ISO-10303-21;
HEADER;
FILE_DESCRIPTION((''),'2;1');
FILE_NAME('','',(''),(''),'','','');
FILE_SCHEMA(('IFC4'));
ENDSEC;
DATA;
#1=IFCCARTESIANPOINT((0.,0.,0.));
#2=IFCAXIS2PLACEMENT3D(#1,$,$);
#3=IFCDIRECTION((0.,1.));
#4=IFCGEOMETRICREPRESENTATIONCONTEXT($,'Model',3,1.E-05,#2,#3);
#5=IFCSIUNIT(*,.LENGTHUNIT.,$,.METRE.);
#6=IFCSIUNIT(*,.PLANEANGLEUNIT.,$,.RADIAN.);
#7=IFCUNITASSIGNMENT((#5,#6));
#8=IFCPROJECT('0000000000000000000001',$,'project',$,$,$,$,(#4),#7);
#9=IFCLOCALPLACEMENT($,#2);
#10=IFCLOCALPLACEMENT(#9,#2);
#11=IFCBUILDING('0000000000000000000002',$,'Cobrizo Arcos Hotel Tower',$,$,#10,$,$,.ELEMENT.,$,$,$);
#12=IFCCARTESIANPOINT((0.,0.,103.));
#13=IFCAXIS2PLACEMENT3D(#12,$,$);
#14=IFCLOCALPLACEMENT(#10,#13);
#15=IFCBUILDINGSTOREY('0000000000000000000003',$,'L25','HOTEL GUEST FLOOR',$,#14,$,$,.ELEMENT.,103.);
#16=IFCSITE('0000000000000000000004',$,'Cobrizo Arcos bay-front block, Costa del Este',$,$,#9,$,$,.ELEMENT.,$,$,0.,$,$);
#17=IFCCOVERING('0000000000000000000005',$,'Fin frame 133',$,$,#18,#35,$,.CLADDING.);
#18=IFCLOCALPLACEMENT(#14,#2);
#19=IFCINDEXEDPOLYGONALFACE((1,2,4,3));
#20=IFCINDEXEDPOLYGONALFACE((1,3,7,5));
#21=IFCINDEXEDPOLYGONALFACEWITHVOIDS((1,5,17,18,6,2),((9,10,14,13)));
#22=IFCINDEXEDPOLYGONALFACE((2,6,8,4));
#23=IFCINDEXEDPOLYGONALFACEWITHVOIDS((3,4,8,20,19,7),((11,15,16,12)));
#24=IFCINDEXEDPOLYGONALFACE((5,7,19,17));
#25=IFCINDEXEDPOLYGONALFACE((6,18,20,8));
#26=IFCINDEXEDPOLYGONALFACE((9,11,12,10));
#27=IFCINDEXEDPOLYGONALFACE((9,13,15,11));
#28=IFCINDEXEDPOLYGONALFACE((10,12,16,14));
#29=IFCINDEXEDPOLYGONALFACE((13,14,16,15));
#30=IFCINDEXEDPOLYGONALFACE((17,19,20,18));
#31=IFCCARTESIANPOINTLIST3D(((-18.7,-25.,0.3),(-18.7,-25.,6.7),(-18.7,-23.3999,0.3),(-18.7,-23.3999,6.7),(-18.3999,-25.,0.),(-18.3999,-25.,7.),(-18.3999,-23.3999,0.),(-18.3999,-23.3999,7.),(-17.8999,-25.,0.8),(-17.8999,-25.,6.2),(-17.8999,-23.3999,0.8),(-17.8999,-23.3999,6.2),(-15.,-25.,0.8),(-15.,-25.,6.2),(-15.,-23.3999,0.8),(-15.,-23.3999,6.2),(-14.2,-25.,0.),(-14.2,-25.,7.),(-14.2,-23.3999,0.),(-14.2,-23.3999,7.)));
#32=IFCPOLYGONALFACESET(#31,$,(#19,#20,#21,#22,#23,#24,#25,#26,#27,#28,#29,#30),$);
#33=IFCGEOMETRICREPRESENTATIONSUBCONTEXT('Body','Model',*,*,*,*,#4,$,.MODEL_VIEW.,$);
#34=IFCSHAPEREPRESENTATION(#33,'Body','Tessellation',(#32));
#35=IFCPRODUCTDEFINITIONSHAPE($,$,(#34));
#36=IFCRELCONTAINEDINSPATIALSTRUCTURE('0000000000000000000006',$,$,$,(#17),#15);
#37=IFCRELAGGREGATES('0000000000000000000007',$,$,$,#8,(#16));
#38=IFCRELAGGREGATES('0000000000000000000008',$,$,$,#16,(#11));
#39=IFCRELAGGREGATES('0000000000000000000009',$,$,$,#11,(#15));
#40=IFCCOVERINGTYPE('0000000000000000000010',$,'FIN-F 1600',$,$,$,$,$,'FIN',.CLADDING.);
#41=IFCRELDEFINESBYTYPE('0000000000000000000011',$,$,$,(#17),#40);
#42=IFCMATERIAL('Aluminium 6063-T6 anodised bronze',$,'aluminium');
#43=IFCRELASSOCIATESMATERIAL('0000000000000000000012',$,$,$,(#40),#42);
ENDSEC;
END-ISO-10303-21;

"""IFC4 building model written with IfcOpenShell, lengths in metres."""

from ifc_helpers import new_model, si_unit, direction, frame, origin, place, context, subcontext, project, spatial, polyline, outline, extrude, material, type_object, element, save


model = new_model("IFC4")

# Units and contexts
model_context = context("Model", 3, precision=1e-05, world=origin(), true_north=direction((0.0, 1.0)))
body_context = subcontext(model_context, "Body", "Model", "MODEL_VIEW")
ifc_project = project(units=[si_unit("LENGTHUNIT", "METRE"), si_unit("PLANEANGLEUNIT", "RADIAN")], contexts=[model_context])

# Site, building, storey
site_placement = place(None, origin())
site = spatial("IfcSite", under=ifc_project, at=site_placement, Name="Cobrizo Arcos bay-front block, Costa del Este", CompositionType="ELEMENT", RefElevation=0.0)
building_placement = place(site_placement, origin())
building = spatial("IfcBuilding", under=site, at=building_placement, Name="Cobrizo Arcos Hotel Tower", CompositionType="ELEMENT")
storey_placement = place(building_placement, frame((0.0, 0.0, 103.0)))
storey = spatial("IfcBuildingStorey", under=building, at=storey_placement, Name="L25", Description="HOTEL GUEST FLOOR", CompositionType="ELEMENT", Elevation=103.0)

# Shared definitions
ifc_material_1 = material(Name="Aluminium 6063-T6 anodised bronze", Category="aluminium")

# Covering
covering_type = type_object("IfcCoveringType", Name="FIN-F 1600", ElementType="FIN", PredefinedType="CLADDING", material=ifc_material_1)
covering_placement = place(storey_placement, frame((-18.7, -23.3999, 0.0), z_axis=(0.0, -1.0, 0.0), x_axis=(1.0, 0.0, 0.0)))
element("IfcCovering", 1, at=covering_placement, inside=storey, type_object=covering_type, Name="Fin frame 133", PredefinedType="CLADDING", context=body_context, shape_type="SweptSolid", body=[
    extrude(outline(polyline([(0.0, 0.3), (0.3, 0.0), (4.5, 0.0), (4.5, 7.0), (0.3, 7.0), (0.0, 6.7), (0.0, 0.3)]), holes=[polyline([(3.7, 0.8), (0.8, 0.8), (0.8, 6.2), (3.7, 6.2), (3.7, 0.8)])]), origin(), (0.0, 0.0, 1.0), 1.6001),
])

save(model, "model.ifc")
